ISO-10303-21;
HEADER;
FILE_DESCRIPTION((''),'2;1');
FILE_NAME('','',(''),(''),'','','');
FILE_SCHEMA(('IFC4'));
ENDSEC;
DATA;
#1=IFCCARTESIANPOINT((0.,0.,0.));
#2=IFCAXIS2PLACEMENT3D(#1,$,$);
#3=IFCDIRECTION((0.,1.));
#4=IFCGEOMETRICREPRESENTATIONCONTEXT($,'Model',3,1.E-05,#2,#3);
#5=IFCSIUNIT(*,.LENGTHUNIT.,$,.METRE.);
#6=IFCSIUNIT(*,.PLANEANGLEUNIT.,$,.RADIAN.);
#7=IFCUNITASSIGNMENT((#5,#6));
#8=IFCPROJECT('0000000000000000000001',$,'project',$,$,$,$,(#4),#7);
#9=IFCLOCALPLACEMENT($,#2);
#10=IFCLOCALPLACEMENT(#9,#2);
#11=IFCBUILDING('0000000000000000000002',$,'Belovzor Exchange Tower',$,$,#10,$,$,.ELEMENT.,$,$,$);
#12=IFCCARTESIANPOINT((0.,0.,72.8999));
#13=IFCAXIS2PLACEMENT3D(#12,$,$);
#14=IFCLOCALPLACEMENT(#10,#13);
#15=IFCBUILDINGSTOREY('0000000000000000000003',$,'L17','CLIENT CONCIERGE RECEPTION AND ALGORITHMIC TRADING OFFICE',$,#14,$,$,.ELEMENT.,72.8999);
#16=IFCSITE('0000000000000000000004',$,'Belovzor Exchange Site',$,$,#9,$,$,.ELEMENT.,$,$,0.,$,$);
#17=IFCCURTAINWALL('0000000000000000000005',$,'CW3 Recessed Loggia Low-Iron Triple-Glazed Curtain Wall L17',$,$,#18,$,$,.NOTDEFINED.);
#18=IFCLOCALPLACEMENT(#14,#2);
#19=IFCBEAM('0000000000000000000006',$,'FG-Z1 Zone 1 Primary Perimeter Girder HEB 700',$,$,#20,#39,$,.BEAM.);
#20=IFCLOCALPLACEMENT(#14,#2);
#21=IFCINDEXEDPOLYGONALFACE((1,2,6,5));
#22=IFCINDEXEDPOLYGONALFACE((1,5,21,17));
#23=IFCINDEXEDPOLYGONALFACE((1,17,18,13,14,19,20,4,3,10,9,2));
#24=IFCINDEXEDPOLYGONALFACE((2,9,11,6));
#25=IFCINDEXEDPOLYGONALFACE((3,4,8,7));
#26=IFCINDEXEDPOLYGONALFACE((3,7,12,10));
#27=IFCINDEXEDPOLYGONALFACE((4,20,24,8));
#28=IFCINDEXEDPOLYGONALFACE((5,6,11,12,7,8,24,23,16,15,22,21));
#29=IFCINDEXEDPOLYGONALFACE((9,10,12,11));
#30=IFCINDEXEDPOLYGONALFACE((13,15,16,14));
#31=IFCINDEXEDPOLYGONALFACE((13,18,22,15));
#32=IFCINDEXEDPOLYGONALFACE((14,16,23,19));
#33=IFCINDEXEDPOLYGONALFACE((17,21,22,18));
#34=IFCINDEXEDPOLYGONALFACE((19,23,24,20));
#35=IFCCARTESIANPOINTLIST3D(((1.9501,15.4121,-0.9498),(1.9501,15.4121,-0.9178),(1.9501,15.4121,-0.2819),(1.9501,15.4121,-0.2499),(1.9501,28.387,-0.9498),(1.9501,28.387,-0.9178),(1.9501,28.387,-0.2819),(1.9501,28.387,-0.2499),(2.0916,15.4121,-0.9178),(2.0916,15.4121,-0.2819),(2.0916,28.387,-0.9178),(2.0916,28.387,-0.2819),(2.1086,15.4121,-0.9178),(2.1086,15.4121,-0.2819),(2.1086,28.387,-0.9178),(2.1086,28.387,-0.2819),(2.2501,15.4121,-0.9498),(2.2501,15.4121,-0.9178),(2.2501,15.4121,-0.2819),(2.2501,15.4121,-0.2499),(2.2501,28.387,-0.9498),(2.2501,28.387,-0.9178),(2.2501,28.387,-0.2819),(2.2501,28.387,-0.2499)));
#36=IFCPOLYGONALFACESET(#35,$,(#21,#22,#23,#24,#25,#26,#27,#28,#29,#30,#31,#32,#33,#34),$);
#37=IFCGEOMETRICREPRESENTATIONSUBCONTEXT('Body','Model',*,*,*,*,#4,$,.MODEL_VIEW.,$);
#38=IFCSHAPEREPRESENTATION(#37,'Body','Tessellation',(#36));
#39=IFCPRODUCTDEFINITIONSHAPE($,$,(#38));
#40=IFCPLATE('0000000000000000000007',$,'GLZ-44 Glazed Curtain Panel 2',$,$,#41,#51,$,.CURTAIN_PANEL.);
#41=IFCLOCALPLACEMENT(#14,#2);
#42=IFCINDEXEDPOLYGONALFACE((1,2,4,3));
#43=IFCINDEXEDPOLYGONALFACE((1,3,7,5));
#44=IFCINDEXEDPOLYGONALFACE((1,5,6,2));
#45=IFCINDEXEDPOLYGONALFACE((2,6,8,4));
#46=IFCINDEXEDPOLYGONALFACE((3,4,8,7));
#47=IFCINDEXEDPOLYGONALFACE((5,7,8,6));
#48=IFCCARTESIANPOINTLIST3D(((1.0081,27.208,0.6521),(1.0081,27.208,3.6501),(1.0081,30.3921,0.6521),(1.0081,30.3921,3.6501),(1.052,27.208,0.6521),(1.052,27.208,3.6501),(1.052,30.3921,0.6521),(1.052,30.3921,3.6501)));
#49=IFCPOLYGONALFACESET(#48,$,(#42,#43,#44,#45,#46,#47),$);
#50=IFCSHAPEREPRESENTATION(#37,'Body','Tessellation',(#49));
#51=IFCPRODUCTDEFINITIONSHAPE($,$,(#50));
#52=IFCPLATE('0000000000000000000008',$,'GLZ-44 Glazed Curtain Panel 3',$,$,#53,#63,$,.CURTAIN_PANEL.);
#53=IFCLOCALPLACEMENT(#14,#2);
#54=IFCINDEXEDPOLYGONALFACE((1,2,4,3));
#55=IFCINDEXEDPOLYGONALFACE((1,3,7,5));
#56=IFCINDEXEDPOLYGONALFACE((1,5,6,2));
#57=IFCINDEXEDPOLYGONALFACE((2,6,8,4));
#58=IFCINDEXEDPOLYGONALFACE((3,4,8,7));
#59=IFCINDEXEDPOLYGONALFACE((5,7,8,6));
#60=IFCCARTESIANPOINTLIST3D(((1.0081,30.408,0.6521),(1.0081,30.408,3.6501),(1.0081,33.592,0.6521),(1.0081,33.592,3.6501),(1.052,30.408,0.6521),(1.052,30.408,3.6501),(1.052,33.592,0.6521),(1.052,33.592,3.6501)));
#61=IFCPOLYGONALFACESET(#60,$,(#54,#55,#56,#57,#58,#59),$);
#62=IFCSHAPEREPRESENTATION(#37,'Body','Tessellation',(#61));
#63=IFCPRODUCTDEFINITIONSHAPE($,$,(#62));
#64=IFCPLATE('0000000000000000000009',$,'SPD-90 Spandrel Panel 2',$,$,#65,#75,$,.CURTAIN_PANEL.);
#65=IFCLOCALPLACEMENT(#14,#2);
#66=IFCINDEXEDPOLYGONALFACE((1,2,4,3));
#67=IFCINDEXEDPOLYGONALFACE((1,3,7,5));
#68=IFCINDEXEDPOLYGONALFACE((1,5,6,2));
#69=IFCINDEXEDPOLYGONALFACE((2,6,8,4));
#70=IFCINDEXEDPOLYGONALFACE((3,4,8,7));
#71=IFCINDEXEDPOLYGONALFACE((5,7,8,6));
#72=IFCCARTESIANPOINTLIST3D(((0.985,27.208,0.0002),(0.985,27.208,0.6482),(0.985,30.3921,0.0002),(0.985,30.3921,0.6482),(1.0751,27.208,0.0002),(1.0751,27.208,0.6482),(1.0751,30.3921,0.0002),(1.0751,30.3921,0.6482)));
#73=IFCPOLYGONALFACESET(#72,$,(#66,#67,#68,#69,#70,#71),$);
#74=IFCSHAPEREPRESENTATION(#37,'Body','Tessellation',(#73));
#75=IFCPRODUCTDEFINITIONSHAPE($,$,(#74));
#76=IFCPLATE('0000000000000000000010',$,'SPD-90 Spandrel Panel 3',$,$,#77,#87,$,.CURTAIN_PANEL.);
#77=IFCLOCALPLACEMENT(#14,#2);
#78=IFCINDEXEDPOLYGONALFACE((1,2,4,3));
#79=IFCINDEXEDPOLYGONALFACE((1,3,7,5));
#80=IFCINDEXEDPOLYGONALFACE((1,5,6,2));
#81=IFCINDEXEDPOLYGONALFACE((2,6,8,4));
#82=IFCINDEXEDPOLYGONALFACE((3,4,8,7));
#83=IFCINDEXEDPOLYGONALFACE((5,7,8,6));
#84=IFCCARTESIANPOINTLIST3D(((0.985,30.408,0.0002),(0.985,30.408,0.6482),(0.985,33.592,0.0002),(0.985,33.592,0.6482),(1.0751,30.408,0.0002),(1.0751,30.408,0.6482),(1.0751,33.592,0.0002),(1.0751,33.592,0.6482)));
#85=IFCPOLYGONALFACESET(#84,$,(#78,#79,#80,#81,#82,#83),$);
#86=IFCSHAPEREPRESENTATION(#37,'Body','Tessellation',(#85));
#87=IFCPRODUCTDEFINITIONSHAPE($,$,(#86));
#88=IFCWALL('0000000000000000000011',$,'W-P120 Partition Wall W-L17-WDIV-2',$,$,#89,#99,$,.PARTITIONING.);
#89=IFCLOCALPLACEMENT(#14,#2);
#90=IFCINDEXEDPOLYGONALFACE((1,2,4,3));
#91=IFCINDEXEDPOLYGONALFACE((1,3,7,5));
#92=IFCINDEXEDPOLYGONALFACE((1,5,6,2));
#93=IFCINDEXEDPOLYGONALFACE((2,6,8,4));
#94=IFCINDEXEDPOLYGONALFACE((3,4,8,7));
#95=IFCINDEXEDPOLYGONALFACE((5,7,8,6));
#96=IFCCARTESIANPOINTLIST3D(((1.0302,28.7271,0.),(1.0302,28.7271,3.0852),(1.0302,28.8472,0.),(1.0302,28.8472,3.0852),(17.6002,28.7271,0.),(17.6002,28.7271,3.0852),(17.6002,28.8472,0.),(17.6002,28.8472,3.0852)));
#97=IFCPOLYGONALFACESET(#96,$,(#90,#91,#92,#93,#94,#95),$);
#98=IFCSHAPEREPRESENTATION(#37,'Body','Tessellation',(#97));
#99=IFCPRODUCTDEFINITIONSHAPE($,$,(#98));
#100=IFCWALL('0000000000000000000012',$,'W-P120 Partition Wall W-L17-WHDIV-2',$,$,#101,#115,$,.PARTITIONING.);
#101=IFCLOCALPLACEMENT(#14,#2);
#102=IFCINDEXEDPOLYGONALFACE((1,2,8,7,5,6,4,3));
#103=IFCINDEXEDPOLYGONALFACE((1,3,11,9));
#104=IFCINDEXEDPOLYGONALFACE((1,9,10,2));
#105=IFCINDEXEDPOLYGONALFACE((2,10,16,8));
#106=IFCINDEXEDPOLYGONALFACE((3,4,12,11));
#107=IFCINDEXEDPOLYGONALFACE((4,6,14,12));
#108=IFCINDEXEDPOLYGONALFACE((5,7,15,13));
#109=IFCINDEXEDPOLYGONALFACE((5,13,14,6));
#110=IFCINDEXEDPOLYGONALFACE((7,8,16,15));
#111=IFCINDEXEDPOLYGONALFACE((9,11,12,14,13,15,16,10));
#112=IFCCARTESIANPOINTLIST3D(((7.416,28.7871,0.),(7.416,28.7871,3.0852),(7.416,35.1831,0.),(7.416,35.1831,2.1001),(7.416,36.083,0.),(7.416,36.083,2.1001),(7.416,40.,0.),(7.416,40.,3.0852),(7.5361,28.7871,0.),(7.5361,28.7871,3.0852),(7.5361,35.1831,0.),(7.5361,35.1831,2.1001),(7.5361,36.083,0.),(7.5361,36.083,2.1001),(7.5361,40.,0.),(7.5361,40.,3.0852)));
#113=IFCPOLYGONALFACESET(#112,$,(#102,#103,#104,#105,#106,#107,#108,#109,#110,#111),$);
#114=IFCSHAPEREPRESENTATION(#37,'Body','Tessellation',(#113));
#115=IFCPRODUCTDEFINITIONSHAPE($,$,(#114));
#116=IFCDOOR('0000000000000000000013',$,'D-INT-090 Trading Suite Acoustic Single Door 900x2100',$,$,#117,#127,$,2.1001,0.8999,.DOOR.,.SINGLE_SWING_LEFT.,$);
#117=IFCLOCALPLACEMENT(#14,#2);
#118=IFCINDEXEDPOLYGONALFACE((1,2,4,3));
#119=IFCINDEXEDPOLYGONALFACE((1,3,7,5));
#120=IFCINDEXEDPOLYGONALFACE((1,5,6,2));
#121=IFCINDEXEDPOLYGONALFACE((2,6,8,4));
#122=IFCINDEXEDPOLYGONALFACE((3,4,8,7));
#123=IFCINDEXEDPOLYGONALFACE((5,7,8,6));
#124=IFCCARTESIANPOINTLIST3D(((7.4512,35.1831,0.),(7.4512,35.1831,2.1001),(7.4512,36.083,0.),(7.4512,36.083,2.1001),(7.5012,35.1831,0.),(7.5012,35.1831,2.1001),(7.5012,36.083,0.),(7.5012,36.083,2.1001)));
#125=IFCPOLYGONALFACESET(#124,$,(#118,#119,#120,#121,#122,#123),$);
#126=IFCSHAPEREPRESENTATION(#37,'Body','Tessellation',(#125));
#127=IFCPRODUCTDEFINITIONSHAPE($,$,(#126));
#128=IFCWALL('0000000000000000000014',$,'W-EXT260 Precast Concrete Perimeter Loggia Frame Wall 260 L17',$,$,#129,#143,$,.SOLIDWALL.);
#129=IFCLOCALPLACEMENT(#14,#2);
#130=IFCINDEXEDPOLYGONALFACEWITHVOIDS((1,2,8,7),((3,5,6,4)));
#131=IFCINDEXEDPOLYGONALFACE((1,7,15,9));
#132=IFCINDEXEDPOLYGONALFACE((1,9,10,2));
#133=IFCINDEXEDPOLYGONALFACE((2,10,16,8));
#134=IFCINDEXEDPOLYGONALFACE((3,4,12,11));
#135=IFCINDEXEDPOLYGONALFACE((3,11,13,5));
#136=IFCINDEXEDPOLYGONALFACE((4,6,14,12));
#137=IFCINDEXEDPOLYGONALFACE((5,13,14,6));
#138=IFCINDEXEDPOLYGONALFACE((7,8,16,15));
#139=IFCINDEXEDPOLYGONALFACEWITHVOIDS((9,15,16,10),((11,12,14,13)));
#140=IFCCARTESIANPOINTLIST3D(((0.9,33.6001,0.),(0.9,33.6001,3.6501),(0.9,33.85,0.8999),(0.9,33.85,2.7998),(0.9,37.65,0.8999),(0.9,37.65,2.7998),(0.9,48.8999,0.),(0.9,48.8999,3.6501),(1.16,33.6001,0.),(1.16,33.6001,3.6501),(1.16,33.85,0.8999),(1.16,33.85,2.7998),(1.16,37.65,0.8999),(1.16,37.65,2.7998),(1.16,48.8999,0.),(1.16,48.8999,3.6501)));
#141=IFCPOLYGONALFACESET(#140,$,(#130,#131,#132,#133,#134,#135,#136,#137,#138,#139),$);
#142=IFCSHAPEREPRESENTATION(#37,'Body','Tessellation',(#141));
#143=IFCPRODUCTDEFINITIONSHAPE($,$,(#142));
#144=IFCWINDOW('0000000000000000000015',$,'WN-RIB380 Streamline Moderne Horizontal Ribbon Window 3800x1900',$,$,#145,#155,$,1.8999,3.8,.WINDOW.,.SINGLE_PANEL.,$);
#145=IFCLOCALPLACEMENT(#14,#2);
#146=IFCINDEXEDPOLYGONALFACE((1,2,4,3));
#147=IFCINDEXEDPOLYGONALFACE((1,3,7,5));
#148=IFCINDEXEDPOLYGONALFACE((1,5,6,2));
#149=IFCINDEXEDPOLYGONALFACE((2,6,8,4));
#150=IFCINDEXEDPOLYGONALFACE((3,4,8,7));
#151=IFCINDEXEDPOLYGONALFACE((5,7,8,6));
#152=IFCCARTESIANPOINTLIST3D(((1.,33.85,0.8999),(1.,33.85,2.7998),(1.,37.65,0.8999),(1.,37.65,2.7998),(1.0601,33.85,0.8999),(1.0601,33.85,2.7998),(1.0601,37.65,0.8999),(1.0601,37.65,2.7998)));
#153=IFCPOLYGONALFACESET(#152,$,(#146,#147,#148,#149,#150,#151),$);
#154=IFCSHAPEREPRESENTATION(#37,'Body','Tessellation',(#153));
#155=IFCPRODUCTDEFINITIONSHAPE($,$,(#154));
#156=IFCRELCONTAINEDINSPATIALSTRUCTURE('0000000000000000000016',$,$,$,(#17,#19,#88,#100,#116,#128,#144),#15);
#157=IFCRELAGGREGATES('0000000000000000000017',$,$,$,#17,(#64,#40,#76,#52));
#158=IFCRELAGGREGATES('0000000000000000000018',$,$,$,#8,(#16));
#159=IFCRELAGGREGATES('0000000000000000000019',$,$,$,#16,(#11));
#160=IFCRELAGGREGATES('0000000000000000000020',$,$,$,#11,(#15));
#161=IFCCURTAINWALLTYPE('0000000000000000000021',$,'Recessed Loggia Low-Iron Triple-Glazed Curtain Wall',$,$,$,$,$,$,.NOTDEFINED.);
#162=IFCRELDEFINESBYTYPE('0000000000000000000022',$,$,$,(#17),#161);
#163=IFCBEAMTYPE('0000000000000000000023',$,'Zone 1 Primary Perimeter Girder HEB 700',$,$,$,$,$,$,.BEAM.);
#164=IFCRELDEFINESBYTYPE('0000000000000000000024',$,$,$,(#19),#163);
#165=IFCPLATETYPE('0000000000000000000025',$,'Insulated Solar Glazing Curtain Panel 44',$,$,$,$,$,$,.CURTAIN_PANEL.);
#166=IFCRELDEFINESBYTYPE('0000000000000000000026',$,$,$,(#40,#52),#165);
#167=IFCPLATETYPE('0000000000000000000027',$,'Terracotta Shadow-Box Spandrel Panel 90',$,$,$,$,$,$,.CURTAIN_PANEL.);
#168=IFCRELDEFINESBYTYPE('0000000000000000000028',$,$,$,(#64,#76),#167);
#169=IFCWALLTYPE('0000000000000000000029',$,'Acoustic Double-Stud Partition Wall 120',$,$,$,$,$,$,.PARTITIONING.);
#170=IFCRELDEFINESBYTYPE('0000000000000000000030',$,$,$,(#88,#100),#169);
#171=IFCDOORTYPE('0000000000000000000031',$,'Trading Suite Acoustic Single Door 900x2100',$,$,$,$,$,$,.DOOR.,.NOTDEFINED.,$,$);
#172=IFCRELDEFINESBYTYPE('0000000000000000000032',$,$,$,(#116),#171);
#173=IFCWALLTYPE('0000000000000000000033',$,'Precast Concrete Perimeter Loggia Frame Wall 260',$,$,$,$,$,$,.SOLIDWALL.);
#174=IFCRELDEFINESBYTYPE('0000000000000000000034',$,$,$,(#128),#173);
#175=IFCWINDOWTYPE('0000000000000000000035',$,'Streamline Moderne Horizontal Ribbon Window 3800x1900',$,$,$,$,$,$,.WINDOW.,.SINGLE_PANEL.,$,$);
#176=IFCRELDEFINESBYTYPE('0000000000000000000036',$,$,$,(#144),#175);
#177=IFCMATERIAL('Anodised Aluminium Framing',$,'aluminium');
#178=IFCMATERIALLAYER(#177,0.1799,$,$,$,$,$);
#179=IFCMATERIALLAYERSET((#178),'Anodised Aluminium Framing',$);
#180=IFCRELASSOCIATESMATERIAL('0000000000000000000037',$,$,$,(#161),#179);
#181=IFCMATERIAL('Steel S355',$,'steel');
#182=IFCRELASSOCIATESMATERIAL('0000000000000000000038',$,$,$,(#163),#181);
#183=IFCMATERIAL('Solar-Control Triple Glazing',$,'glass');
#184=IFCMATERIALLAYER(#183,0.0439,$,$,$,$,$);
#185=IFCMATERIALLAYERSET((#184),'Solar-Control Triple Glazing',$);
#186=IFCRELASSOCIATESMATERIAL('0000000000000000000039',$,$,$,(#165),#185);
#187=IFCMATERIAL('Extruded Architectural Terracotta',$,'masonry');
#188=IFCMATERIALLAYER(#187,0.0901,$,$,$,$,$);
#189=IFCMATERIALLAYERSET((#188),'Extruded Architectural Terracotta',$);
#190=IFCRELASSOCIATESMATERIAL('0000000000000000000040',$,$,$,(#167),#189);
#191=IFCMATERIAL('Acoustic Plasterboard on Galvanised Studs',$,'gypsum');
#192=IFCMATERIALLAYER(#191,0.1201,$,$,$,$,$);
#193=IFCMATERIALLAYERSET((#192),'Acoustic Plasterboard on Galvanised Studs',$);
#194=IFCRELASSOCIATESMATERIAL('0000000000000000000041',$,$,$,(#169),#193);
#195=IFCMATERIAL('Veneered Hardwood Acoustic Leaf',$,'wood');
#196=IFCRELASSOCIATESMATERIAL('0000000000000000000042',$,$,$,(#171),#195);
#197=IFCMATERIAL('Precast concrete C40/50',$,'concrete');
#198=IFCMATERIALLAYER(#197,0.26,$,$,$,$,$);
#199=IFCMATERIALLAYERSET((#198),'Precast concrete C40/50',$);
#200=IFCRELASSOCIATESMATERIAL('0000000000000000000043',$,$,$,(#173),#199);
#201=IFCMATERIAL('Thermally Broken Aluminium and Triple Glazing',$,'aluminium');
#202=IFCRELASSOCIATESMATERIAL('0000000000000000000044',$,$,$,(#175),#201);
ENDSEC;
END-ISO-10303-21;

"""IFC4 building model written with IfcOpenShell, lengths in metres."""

from ifc_helpers import new_model, si_unit, direction, frame, frame_2d, origin, origin_2d, place, context, subcontext, project, spatial, rectangle, i_section, extrude, material, layer, layer_set, material_profile, profile_set, type_object, element, fill, aggregate, save


model = new_model("IFC4")

# Units and contexts
model_context = context("Model", 3, precision=1e-05, world=origin(), true_north=direction((0.0, 1.0)))
body_context = subcontext(model_context, "Body", "Model", "MODEL_VIEW")
ifc_project = project(units=[si_unit("LENGTHUNIT", "METRE"), si_unit("PLANEANGLEUNIT", "RADIAN")], contexts=[model_context])

# Site, building, storey
site_placement = place(None, origin())
site = spatial("IfcSite", under=ifc_project, at=site_placement, Name="Belovzor Exchange Site", CompositionType="ELEMENT", RefElevation=0.0)
building_placement = place(site_placement, origin())
building = spatial("IfcBuilding", under=site, at=building_placement, Name="Belovzor Exchange Tower", CompositionType="ELEMENT")
storey_placement = place(building_placement, frame((0.0, 0.0, 72.8999)))
storey = spatial("IfcBuildingStorey", under=building, at=storey_placement, Name="L17", Description="CLIENT CONCIERGE RECEPTION AND ALGORITHMIC TRADING OFFICE", CompositionType="ELEMENT", Elevation=72.8999)

# Curtain wall
ifc_material_1 = material(Name="Anodised Aluminium Framing", Category="aluminium")
ifc_layer_1 = layer(ifc_material_1, 0.1799)
ifc_layer_set_1 = layer_set([ifc_layer_1], Name="Anodised Aluminium Framing")
curtain_wall_type = type_object("IfcCurtainWallType", Name="Recessed Loggia Low-Iron Triple-Glazed Curtain Wall", PredefinedType="NOTDEFINED", material=ifc_layer_set_1)
curtain_wall_placement = place(storey_placement, origin())
curtain_wall = element("IfcCurtainWall", 1, at=curtain_wall_placement, inside=storey, type_object=curtain_wall_type, Name="CW3 Recessed Loggia Low-Iron Triple-Glazed Curtain Wall L17", PredefinedType="NOTDEFINED")

# Beam
ifc_material_2 = material(Name="Steel S355", Category="steel")
ifc_material_profile_1 = material_profile(ifc_material_2, i_section(OverallWidth=0.3, OverallDepth=0.7, WebThickness=0.0171, FlangeThickness=0.032, at=origin_2d()))
ifc_profile_set_1 = profile_set([ifc_material_profile_1], Name="Steel S355")
beam_type_1 = type_object("IfcBeamType", Name="Zone 1 Primary Perimeter Girder HEB 700", PredefinedType="BEAM", material=ifc_profile_set_1)
beam_1_placement = place(storey_placement, frame((2.1001, 28.387, -0.5999), z_axis=(0.0, -1.0, 0.0), x_axis=(1.0, 0.0, 0.0)))
element("IfcBeam", 2, at=beam_1_placement, inside=storey, type_object=beam_type_1, Name="FG-Z1 Zone 1 Primary Perimeter Girder HEB 700", PredefinedType="BEAM", context=body_context, shape_type="SweptSolid", body=[
    extrude(i_section(OverallWidth=0.3, OverallDepth=0.7, WebThickness=0.0171, FlangeThickness=0.032, at=origin_2d()), origin(), (0.0, 0.0, 1.0), 12.9749),
])

# Plates
ifc_material_3 = material(Name="Solar-Control Triple Glazing", Category="glass")
ifc_layer_2 = layer(ifc_material_3, 0.0439)
ifc_layer_set_2 = layer_set([ifc_layer_2], Name="Solar-Control Triple Glazing")
plate_type_1 = type_object("IfcPlateType", Name="Insulated Solar Glazing Curtain Panel 44", PredefinedType="CURTAIN_PANEL", material=ifc_layer_set_2)
plate_1_placement = place(storey_placement, frame((1.03, 28.8, 0.6521), z_axis=(0.0, 0.0, 1.0), x_axis=(0.0, 1.0, 0.0)))
plate_1 = element("IfcPlate", 3, at=plate_1_placement, type_object=plate_type_1, Name="GLZ-44 Glazed Curtain Panel 2", PredefinedType="CURTAIN_PANEL", context=body_context, shape_type="SweptSolid", body=[
    extrude(rectangle(XDim=3.1841, YDim=0.0439, at=origin_2d()), origin(), (0.0, 0.0, 1.0), 2.998),
])
plate_2_placement = place(storey_placement, frame((1.03, 32.0, 0.6521), z_axis=(0.0, 0.0, 1.0), x_axis=(0.0, 1.0, 0.0)))
plate_2 = element("IfcPlate", 4, at=plate_2_placement, type_object=plate_type_1, Name="GLZ-44 Glazed Curtain Panel 3", PredefinedType="CURTAIN_PANEL", context=body_context, shape_type="SweptSolid", body=[
    extrude(rectangle(XDim=3.1841, YDim=0.0439, at=origin_2d()), origin(), (0.0, 0.0, 1.0), 2.998),
])
ifc_material_4 = material(Name="Extruded Architectural Terracotta", Category="masonry")
ifc_layer_3 = layer(ifc_material_4, 0.0901)
ifc_layer_set_3 = layer_set([ifc_layer_3], Name="Extruded Architectural Terracotta")
plate_type_2 = type_object("IfcPlateType", Name="Terracotta Shadow-Box Spandrel Panel 90", PredefinedType="CURTAIN_PANEL", material=ifc_layer_set_3)
plate_3_placement = place(storey_placement, frame((1.03, 28.8, 0.0002), z_axis=(0.0, 0.0, 1.0), x_axis=(0.0, 1.0, 0.0)))
plate_3 = element("IfcPlate", 5, at=plate_3_placement, type_object=plate_type_2, Name="SPD-90 Spandrel Panel 2", PredefinedType="CURTAIN_PANEL", context=body_context, shape_type="SweptSolid", body=[
    extrude(rectangle(XDim=3.1841, YDim=0.0901, at=origin_2d()), origin(), (0.0, 0.0, 1.0), 0.6479),
])
plate_4_placement = place(storey_placement, frame((1.03, 32.0, 0.0002), z_axis=(0.0, 0.0, 1.0), x_axis=(0.0, 1.0, 0.0)))
plate_4 = element("IfcPlate", 6, at=plate_4_placement, type_object=plate_type_2, Name="SPD-90 Spandrel Panel 3", PredefinedType="CURTAIN_PANEL", context=body_context, shape_type="SweptSolid", body=[
    extrude(rectangle(XDim=3.1841, YDim=0.0901, at=origin_2d()), origin(), (0.0, 0.0, 1.0), 0.6479),
])
aggregate(curtain_wall, [plate_3, plate_1, plate_4, plate_2])

# Wall
ifc_material_5 = material(Name="Acoustic Plasterboard on Galvanised Studs", Category="gypsum")
ifc_layer_4 = layer(ifc_material_5, 0.1201)
ifc_layer_set_4 = layer_set([ifc_layer_4], Name="Acoustic Plasterboard on Galvanised Studs")
wall_type_1 = type_object("IfcWallType", Name="Acoustic Double-Stud Partition Wall 120", PredefinedType="PARTITIONING", material=ifc_layer_set_4)
wall_1_placement = place(storey_placement, frame((1.03, 28.7871, 0.0), z_axis=(0.0, 0.0, 1.0), x_axis=(1.0, 0.0, 0.0)))
element("IfcWall", 7, at=wall_1_placement, inside=storey, type_object=wall_type_1, Name="W-P120 Partition Wall W-L17-WDIV-2", PredefinedType="PARTITIONING", context=body_context, shape_type="SweptSolid", body=[
    extrude(rectangle(XDim=16.5701, YDim=0.1201, at=frame_2d((8.2852, 0.0))), origin(), (0.0, 0.0, 1.0), 3.0852),
])

# Wall, opening, door
wall_2_placement = place(storey_placement, frame((7.4761, 28.7871, 0.0), z_axis=(0.0, 0.0, 1.0), x_axis=(0.0, 1.0, 0.0)))
wall_2 = element("IfcWall", 8, at=wall_2_placement, inside=storey, type_object=wall_type_1, Name="W-P120 Partition Wall W-L17-WHDIV-2", PredefinedType="PARTITIONING", context=body_context, shape_type="SweptSolid", body=[
    extrude(rectangle(XDim=11.2129, YDim=0.1201, at=frame_2d((5.6064, 0.0))), origin(), (0.0, 0.0, 1.0), 3.0852),
])
opening_1_placement = place(wall_2_placement, frame((6.396, 0.0, 0.0)))
opening_1 = element("IfcOpeningElement", 9, at=opening_1_placement, cuts=wall_2, PredefinedType="OPENING", context=body_context, shape_type="SweptSolid", body=[
    extrude(rectangle(XDim=0.8999, YDim=2.1001, at=frame_2d((0.45, 1.05))), frame((0.0, 0.0701, 0.0), z_axis=(0.0, -1.0, 0.0), x_axis=(1.0, 0.0, 0.0)), (0.0, 0.0, 1.0), 0.1401),
])
ifc_material_6 = material(Name="Veneered Hardwood Acoustic Leaf", Category="wood")
door_type = type_object("IfcDoorType", Name="Trading Suite Acoustic Single Door 900x2100", OperationType="NOTDEFINED", PredefinedType="DOOR", material=ifc_material_6)
door_placement = place(opening_1_placement, origin())
door = element("IfcDoor", 10, at=door_placement, inside=storey, type_object=door_type, Name="D-INT-090 Trading Suite Acoustic Single Door 900x2100", OperationType="SINGLE_SWING_LEFT", OverallHeight=2.1001, OverallWidth=0.8999, PredefinedType="DOOR", context=body_context, shape_type="SweptSolid", body=[
    extrude(rectangle(XDim=0.8999, YDim=2.1001, at=frame_2d((0.45, 1.05))), frame((0.0, 0.0249, 0.0), z_axis=(0.0, -1.0, 0.0), x_axis=(1.0, 0.0, 0.0)), (0.0, 0.0, 1.0), 0.05),
])
fill(opening_1, door)

# Wall, opening, window
ifc_material_7 = material(Name="Precast concrete C40/50", Category="concrete")
ifc_layer_5 = layer(ifc_material_7, 0.26)
ifc_layer_set_5 = layer_set([ifc_layer_5], Name="Precast concrete C40/50")
wall_type_2 = type_object("IfcWallType", Name="Precast Concrete Perimeter Loggia Frame Wall 260", PredefinedType="SOLIDWALL", material=ifc_layer_set_5)
wall_3_placement = place(storey_placement, frame((1.03, 33.6001, 0.0), z_axis=(0.0, 0.0, 1.0), x_axis=(0.0, 1.0, 0.0)))
wall_3 = element("IfcWall", 11, at=wall_3_placement, inside=storey, type_object=wall_type_2, Name="W-EXT260 Precast Concrete Perimeter Loggia Frame Wall 260 L17", PredefinedType="SOLIDWALL", context=body_context, shape_type="SweptSolid", body=[
    extrude(rectangle(XDim=15.2998, YDim=0.26, at=frame_2d((7.6499, 0.0))), origin(), (0.0, 0.0, 1.0), 3.6501),
])
opening_2_placement = place(wall_3_placement, frame((0.25, 0.0, 0.8999)))
opening_2 = element("IfcOpeningElement", 12, at=opening_2_placement, cuts=wall_3, PredefinedType="OPENING", context=body_context, shape_type="SweptSolid", body=[
    extrude(rectangle(XDim=3.8, YDim=1.8999, at=frame_2d((1.8999, 0.95))), frame((0.0, 0.1399, 0.0), z_axis=(0.0, -1.0, 0.0), x_axis=(1.0, 0.0, 0.0)), (0.0, 0.0, 1.0), 0.28),
])
ifc_material_8 = material(Name="Thermally Broken Aluminium and Triple Glazing", Category="aluminium")
window_type = type_object("IfcWindowType", Name="Streamline Moderne Horizontal Ribbon Window 3800x1900", PartitioningType="SINGLE_PANEL", PredefinedType="WINDOW", material=ifc_material_8)
window_placement = place(opening_2_placement, origin())
window = element("IfcWindow", 13, at=window_placement, inside=storey, type_object=window_type, Name="WN-RIB380 Streamline Moderne Horizontal Ribbon Window 3800x1900", OverallHeight=1.8999, OverallWidth=3.8, PartitioningType="SINGLE_PANEL", PredefinedType="WINDOW", context=body_context, shape_type="SweptSolid", body=[
    extrude(rectangle(XDim=3.8, YDim=1.8999, at=frame_2d((1.8999, 0.95))), frame((0.0, 0.03, 0.0), z_axis=(0.0, -1.0, 0.0), x_axis=(1.0, 0.0, 0.0)), (0.0, 0.0, 1.0), 0.0601),
])
fill(opening_2, window)

save(model, "model.ifc")
